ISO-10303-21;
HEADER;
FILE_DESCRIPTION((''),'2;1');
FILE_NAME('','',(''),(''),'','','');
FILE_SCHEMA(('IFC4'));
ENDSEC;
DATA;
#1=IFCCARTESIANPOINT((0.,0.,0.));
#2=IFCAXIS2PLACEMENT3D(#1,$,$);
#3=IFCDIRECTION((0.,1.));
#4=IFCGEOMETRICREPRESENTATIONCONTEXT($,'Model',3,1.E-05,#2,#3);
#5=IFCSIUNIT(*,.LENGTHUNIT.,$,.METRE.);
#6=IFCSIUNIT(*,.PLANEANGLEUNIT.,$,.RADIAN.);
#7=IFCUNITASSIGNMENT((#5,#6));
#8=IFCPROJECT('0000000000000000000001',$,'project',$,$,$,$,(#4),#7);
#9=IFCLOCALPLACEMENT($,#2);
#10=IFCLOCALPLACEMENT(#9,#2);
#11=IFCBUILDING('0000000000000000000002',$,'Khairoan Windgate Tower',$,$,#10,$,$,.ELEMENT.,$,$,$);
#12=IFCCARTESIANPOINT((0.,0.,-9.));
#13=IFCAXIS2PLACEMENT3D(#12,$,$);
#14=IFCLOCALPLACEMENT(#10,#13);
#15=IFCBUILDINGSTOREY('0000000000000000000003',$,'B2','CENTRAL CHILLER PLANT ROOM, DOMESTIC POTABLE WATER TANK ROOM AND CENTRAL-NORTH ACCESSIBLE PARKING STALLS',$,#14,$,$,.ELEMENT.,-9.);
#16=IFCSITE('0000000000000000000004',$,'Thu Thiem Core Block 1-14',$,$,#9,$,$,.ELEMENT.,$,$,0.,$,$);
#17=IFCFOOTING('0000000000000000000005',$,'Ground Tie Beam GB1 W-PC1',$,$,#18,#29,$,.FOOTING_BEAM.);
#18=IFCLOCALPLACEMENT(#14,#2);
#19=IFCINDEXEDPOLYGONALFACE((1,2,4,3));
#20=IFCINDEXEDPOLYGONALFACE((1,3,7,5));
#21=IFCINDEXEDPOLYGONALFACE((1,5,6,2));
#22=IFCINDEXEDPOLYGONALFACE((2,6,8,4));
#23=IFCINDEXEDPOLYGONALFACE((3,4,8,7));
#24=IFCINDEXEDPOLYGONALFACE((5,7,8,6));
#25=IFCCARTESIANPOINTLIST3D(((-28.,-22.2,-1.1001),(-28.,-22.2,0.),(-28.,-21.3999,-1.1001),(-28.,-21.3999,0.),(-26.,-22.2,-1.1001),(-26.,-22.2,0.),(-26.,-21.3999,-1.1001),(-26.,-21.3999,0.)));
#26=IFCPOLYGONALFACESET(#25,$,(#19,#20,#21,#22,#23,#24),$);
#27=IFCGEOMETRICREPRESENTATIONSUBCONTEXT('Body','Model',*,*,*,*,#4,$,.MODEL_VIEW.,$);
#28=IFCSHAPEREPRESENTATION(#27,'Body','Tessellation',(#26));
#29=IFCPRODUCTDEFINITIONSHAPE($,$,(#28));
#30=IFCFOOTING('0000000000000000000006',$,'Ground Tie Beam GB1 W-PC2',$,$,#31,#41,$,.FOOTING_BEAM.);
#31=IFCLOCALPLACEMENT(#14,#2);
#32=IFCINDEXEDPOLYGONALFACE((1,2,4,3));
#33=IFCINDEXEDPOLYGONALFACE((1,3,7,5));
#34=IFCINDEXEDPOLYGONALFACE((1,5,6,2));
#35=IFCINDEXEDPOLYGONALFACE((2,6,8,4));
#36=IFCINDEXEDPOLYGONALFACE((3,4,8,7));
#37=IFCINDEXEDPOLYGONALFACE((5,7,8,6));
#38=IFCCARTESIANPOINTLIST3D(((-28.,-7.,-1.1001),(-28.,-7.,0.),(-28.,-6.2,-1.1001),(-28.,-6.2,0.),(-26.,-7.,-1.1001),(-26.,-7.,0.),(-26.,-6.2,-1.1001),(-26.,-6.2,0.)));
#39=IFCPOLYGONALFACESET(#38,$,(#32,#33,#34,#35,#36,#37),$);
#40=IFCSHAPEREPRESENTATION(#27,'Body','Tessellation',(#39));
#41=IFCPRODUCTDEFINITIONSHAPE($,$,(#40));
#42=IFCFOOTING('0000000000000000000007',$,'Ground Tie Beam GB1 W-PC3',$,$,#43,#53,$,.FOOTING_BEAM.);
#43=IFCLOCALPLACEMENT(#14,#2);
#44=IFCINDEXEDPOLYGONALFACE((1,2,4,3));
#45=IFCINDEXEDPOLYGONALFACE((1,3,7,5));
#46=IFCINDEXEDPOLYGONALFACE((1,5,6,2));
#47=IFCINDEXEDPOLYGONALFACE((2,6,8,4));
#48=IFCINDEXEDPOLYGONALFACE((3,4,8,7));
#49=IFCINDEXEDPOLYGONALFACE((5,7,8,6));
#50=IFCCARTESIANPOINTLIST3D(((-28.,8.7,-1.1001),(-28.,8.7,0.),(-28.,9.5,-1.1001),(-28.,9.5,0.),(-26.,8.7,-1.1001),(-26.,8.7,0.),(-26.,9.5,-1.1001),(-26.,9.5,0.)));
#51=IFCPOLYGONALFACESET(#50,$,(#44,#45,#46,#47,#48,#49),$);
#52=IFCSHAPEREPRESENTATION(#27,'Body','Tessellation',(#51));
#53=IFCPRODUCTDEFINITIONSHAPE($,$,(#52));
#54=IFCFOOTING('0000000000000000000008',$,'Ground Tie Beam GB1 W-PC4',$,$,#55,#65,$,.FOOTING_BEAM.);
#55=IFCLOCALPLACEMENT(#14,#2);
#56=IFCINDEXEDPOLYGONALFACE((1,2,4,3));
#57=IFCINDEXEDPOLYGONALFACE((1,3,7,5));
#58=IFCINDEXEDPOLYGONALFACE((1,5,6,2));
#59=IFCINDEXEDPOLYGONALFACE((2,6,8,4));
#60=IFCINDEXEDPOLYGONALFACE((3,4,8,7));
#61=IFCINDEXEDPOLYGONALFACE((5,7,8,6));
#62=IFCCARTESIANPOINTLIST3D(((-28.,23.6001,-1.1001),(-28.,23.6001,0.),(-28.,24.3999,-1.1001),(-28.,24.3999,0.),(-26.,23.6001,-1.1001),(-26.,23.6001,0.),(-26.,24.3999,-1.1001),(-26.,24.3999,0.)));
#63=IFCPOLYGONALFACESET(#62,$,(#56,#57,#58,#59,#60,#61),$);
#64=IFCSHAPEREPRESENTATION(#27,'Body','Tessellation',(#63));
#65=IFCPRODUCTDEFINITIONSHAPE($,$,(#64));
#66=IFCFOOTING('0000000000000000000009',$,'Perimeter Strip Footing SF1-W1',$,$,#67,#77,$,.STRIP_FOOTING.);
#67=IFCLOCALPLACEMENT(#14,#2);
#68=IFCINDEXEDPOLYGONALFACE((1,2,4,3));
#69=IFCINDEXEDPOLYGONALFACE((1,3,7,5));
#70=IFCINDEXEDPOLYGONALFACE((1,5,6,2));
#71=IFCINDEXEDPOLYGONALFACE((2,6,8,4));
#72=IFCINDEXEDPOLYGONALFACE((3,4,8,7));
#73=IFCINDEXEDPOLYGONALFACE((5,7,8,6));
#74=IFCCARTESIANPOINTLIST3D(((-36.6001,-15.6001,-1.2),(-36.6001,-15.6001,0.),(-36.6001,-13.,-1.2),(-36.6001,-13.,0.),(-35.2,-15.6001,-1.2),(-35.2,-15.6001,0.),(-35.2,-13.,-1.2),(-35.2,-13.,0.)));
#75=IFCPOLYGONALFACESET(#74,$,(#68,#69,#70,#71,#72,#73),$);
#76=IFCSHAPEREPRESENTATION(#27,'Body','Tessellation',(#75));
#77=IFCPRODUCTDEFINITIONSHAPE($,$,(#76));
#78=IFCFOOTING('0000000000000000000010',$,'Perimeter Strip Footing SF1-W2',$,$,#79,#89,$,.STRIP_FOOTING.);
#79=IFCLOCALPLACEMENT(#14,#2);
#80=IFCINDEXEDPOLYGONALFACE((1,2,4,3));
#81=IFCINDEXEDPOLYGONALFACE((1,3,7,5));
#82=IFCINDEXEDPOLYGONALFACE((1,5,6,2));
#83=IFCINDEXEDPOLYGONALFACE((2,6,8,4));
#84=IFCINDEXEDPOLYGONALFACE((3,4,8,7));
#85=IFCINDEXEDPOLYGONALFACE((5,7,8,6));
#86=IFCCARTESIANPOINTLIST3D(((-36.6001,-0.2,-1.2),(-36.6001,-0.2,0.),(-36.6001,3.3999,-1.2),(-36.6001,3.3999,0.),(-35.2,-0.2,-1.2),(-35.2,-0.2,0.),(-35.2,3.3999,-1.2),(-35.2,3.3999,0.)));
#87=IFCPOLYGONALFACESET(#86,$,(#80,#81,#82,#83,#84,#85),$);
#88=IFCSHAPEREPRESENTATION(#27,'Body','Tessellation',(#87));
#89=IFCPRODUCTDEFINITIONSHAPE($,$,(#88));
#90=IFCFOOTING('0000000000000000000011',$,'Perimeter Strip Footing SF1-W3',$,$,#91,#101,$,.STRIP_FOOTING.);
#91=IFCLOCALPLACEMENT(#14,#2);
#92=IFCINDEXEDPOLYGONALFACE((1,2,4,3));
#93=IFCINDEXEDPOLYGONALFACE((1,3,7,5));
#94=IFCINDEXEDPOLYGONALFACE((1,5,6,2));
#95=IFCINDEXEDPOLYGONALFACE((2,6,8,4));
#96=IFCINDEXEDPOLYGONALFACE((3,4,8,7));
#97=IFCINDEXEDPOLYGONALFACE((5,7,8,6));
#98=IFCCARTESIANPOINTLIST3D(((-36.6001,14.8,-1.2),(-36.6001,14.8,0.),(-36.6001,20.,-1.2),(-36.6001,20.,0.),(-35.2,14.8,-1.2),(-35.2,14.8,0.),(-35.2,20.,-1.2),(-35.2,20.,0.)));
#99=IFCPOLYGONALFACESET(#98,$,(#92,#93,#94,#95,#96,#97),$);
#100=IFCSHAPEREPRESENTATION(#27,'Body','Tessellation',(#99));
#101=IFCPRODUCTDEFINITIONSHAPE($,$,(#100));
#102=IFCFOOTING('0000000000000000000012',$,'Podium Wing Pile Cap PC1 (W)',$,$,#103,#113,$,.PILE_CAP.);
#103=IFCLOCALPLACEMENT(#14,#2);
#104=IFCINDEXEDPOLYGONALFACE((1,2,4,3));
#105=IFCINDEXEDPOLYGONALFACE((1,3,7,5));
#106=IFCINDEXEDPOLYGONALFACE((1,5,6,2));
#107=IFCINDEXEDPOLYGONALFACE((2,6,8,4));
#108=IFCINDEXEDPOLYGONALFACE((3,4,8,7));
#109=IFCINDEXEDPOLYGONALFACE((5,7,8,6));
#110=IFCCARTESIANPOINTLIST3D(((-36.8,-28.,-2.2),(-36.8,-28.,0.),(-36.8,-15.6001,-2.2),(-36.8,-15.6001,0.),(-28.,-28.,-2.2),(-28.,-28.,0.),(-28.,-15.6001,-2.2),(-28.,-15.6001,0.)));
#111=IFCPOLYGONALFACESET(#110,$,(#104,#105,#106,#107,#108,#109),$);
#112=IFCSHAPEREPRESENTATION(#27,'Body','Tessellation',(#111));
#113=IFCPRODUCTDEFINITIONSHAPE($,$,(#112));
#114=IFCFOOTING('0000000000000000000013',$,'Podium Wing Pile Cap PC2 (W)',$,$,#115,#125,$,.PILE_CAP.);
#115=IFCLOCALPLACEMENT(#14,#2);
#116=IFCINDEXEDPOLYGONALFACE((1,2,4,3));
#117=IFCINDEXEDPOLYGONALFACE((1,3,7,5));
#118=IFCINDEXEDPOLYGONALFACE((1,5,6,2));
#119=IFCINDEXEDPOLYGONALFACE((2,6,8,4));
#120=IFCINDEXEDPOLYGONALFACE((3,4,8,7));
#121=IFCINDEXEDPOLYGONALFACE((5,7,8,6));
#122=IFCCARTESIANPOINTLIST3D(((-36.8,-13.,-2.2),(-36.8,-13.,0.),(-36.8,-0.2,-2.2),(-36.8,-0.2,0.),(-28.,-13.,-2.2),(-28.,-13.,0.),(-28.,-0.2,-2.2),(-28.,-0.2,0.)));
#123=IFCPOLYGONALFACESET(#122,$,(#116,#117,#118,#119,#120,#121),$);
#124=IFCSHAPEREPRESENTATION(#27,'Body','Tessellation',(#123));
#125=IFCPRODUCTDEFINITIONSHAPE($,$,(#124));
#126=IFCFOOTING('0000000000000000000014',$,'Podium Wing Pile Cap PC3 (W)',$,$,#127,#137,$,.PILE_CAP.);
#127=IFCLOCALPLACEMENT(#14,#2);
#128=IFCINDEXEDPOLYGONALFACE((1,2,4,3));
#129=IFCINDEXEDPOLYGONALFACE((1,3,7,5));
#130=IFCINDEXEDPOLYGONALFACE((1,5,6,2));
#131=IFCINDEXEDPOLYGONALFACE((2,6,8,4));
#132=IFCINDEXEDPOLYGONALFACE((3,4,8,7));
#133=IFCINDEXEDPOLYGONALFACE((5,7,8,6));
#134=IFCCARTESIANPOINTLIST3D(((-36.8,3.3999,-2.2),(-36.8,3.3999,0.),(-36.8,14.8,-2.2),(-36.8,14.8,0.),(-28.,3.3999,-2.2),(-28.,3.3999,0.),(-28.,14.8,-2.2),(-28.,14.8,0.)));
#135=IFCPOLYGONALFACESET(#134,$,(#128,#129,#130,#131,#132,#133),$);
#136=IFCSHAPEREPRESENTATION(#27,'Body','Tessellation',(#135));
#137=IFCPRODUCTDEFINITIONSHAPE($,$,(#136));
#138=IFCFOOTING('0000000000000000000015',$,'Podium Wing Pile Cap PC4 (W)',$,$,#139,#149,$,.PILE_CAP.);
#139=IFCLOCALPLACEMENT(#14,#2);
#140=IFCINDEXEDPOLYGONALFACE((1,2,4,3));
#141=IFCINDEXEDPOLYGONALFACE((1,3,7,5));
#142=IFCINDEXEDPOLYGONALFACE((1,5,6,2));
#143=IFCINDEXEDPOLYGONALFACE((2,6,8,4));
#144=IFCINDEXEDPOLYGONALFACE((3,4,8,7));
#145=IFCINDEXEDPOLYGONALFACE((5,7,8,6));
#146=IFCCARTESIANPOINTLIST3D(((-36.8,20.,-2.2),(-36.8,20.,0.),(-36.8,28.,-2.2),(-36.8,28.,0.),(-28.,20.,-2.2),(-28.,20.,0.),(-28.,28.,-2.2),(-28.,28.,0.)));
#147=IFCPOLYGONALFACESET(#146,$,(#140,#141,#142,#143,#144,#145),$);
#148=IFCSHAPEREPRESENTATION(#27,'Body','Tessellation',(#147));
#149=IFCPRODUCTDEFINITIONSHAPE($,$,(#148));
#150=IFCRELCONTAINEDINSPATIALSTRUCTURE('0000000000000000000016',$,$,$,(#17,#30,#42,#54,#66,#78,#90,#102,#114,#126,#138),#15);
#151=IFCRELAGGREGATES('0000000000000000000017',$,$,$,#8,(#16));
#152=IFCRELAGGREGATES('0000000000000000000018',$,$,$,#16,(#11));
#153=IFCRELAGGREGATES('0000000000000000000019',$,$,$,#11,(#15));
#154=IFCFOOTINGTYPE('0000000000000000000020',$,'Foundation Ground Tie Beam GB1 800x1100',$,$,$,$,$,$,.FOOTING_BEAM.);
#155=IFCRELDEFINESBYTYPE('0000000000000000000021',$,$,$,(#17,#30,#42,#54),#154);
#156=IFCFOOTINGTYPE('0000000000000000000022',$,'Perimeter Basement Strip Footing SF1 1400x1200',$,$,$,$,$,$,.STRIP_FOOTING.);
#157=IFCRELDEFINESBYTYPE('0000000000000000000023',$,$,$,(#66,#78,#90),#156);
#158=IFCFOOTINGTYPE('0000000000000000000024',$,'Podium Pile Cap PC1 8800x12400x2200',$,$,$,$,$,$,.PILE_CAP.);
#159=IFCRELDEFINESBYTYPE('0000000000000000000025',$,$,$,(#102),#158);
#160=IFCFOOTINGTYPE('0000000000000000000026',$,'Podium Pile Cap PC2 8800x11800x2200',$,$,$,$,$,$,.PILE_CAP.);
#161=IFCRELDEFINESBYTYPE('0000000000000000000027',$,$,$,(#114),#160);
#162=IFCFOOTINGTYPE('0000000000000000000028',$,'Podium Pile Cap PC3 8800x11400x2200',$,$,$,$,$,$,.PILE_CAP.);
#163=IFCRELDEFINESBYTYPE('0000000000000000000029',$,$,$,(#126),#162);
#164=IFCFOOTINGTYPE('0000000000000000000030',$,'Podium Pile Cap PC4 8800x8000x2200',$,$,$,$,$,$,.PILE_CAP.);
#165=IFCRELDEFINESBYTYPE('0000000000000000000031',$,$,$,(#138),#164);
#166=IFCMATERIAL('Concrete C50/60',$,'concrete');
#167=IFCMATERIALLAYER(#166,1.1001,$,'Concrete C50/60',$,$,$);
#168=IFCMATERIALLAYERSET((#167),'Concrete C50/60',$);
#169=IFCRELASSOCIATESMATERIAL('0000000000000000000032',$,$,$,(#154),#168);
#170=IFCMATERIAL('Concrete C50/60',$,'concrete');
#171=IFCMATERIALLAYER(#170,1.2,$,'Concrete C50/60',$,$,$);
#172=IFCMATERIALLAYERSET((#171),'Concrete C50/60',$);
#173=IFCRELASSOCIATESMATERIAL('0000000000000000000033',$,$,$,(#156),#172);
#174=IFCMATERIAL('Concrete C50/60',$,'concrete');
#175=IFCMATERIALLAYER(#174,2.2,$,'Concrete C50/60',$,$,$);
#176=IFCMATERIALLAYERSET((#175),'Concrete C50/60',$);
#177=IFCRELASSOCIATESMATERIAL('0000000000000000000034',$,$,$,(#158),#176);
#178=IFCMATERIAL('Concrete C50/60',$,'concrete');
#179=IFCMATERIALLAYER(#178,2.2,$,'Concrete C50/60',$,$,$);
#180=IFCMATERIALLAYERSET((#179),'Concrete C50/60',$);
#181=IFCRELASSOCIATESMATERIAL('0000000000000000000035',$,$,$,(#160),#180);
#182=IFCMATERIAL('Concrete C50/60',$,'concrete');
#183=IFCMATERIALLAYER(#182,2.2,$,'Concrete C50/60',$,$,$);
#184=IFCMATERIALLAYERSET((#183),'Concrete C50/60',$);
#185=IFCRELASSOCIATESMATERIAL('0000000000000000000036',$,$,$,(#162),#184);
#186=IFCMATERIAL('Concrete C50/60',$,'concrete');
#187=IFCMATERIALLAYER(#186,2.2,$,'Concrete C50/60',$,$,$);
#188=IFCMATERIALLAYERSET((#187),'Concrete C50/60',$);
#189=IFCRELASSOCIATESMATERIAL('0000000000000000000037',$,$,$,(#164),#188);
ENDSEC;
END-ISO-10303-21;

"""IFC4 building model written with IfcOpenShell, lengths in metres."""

from ifc_helpers import new_model, si_unit, direction, frame, origin, place, context, subcontext, project, spatial, polyline, outline, extrude, material, layer, layer_set, type_object, element, save


model = new_model("IFC4")

# Units and contexts
model_context = context("Model", 3, precision=1e-05, world=origin(), true_north=direction((0.0, 1.0)))
body_context = subcontext(model_context, "Body", "Model", "MODEL_VIEW")
ifc_project = project(units=[si_unit("LENGTHUNIT", "METRE"), si_unit("PLANEANGLEUNIT", "RADIAN")], contexts=[model_context])

# Site, building, storey
site_placement = place(None, origin())
site = spatial("IfcSite", under=ifc_project, at=site_placement, Name="Thu Thiem Core Block 1-14", CompositionType="ELEMENT", RefElevation=0.0)
building_placement = place(site_placement, origin())
building = spatial("IfcBuilding", under=site, at=building_placement, Name="Khairoan Windgate Tower", CompositionType="ELEMENT")
storey_placement = place(building_placement, frame((0.0, 0.0, -9.0)))
storey = spatial("IfcBuildingStorey", under=building, at=storey_placement, Name="B2", Description="CENTRAL CHILLER PLANT ROOM, DOMESTIC POTABLE WATER TANK ROOM AND CENTRAL-NORTH ACCESSIBLE PARKING STALLS", CompositionType="ELEMENT", Elevation=-9.0)

# Footings
ifc_material_1 = material(Name="Concrete C50/60", Category="concrete")
ifc_layer_1 = layer(ifc_material_1, 1.1001, Name="Concrete C50/60")
ifc_layer_set_1 = layer_set([ifc_layer_1], Name="Concrete C50/60")
footing_type_1 = type_object("IfcFootingType", Name="Foundation Ground Tie Beam GB1 800x1100", PredefinedType="FOOTING_BEAM", material=ifc_layer_set_1)
footing_1_placement = place(storey_placement, frame((0.0, 0.0, -1.1001)))
element("IfcFooting", 1, at=footing_1_placement, inside=storey, type_object=footing_type_1, Name="Ground Tie Beam GB1 W-PC1", PredefinedType="FOOTING_BEAM", context=body_context, shape_type="SweptSolid", body=[
    extrude(outline(polyline([(-28.0, -22.2), (-26.0, -22.2), (-26.0, -21.3999), (-28.0, -21.3999), (-28.0, -22.2)])), origin(), (0.0, 0.0, 1.0), 1.1001),
])
footing_2_placement = place(storey_placement, frame((0.0, 0.0, -1.1001)))
element("IfcFooting", 2, at=footing_2_placement, inside=storey, type_object=footing_type_1, Name="Ground Tie Beam GB1 W-PC2", PredefinedType="FOOTING_BEAM", context=body_context, shape_type="SweptSolid", body=[
    extrude(outline(polyline([(-28.0, -7.0), (-26.0, -7.0), (-26.0, -6.2), (-28.0, -6.2), (-28.0, -7.0)])), origin(), (0.0, 0.0, 1.0), 1.1001),
])
footing_3_placement = place(storey_placement, frame((0.0, 0.0, -1.1001)))
element("IfcFooting", 3, at=footing_3_placement, inside=storey, type_object=footing_type_1, Name="Ground Tie Beam GB1 W-PC3", PredefinedType="FOOTING_BEAM", context=body_context, shape_type="SweptSolid", body=[
    extrude(outline(polyline([(-28.0, 8.7), (-26.0, 8.7), (-26.0, 9.5), (-28.0, 9.5), (-28.0, 8.7)])), origin(), (0.0, 0.0, 1.0), 1.1001),
])
footing_4_placement = place(storey_placement, frame((0.0, 0.0, -1.1001)))
element("IfcFooting", 4, at=footing_4_placement, inside=storey, type_object=footing_type_1, Name="Ground Tie Beam GB1 W-PC4", PredefinedType="FOOTING_BEAM", context=body_context, shape_type="SweptSolid", body=[
    extrude(outline(polyline([(-28.0, 23.6001), (-26.0, 23.6001), (-26.0, 24.3999), (-28.0, 24.3999), (-28.0, 23.6001)])), origin(), (0.0, 0.0, 1.0), 1.1001),
])
ifc_material_2 = material(Name="Concrete C50/60", Category="concrete")
ifc_layer_2 = layer(ifc_material_2, 1.2, Name="Concrete C50/60")
ifc_layer_set_2 = layer_set([ifc_layer_2], Name="Concrete C50/60")
footing_type_2 = type_object("IfcFootingType", Name="Perimeter Basement Strip Footing SF1 1400x1200", PredefinedType="STRIP_FOOTING", material=ifc_layer_set_2)
footing_5_placement = place(storey_placement, frame((0.0, 0.0, -1.2)))
element("IfcFooting", 5, at=footing_5_placement, inside=storey, type_object=footing_type_2, Name="Perimeter Strip Footing SF1-W1", PredefinedType="STRIP_FOOTING", context=body_context, shape_type="SweptSolid", body=[
    extrude(outline(polyline([(-36.6001, -15.6001), (-35.2, -15.6001), (-35.2, -13.0), (-36.6001, -13.0), (-36.6001, -15.6001)])), origin(), (0.0, 0.0, 1.0), 1.2),
])
footing_6_placement = place(storey_placement, frame((0.0, 0.0, -1.2)))
element("IfcFooting", 6, at=footing_6_placement, inside=storey, type_object=footing_type_2, Name="Perimeter Strip Footing SF1-W2", PredefinedType="STRIP_FOOTING", context=body_context, shape_type="SweptSolid", body=[
    extrude(outline(polyline([(-36.6001, -0.2), (-35.2, -0.2), (-35.2, 3.3999), (-36.6001, 3.3999), (-36.6001, -0.2)])), origin(), (0.0, 0.0, 1.0), 1.2),
])
footing_7_placement = place(storey_placement, frame((0.0, 0.0, -1.2)))
element("IfcFooting", 7, at=footing_7_placement, inside=storey, type_object=footing_type_2, Name="Perimeter Strip Footing SF1-W3", PredefinedType="STRIP_FOOTING", context=body_context, shape_type="SweptSolid", body=[
    extrude(outline(polyline([(-36.6001, 14.8), (-35.2, 14.8), (-35.2, 20.0), (-36.6001, 20.0), (-36.6001, 14.8)])), origin(), (0.0, 0.0, 1.0), 1.2),
])
ifc_material_3 = material(Name="Concrete C50/60", Category="concrete")
ifc_layer_3 = layer(ifc_material_3, 2.2, Name="Concrete C50/60")
ifc_layer_set_3 = layer_set([ifc_layer_3], Name="Concrete C50/60")
footing_type_3 = type_object("IfcFootingType", Name="Podium Pile Cap PC1 8800x12400x2200", PredefinedType="PILE_CAP", material=ifc_layer_set_3)
footing_8_placement = place(storey_placement, frame((0.0, 0.0, -2.2)))
element("IfcFooting", 8, at=footing_8_placement, inside=storey, type_object=footing_type_3, Name="Podium Wing Pile Cap PC1 (W)", PredefinedType="PILE_CAP", context=body_context, shape_type="SweptSolid", body=[
    extrude(outline(polyline([(-36.8, -28.0), (-28.0, -28.0), (-28.0, -15.6001), (-36.8, -15.6001), (-36.8, -28.0)])), origin(), (0.0, 0.0, 1.0), 2.2),
])
ifc_material_4 = material(Name="Concrete C50/60", Category="concrete")
ifc_layer_4 = layer(ifc_material_4, 2.2, Name="Concrete C50/60")
ifc_layer_set_4 = layer_set([ifc_layer_4], Name="Concrete C50/60")
footing_type_4 = type_object("IfcFootingType", Name="Podium Pile Cap PC2 8800x11800x2200", PredefinedType="PILE_CAP", material=ifc_layer_set_4)
footing_9_placement = place(storey_placement, frame((0.0, 0.0, -2.2)))
element("IfcFooting", 9, at=footing_9_placement, inside=storey, type_object=footing_type_4, Name="Podium Wing Pile Cap PC2 (W)", PredefinedType="PILE_CAP", context=body_context, shape_type="SweptSolid", body=[
    extrude(outline(polyline([(-36.8, -13.0), (-28.0, -13.0), (-28.0, -0.2), (-36.8, -0.2), (-36.8, -13.0)])), origin(), (0.0, 0.0, 1.0), 2.2),
])
ifc_material_5 = material(Name="Concrete C50/60", Category="concrete")
ifc_layer_5 = layer(ifc_material_5, 2.2, Name="Concrete C50/60")
ifc_layer_set_5 = layer_set([ifc_layer_5], Name="Concrete C50/60")
footing_type_5 = type_object("IfcFootingType", Name="Podium Pile Cap PC3 8800x11400x2200", PredefinedType="PILE_CAP", material=ifc_layer_set_5)
footing_10_placement = place(storey_placement, frame((0.0, 0.0, -2.2)))
element("IfcFooting", 10, at=footing_10_placement, inside=storey, type_object=footing_type_5, Name="Podium Wing Pile Cap PC3 (W)", PredefinedType="PILE_CAP", context=body_context, shape_type="SweptSolid", body=[
    extrude(outline(polyline([(-36.8, 3.3999), (-28.0, 3.3999), (-28.0, 14.8), (-36.8, 14.8), (-36.8, 3.3999)])), origin(), (0.0, 0.0, 1.0), 2.2),
])
ifc_material_6 = material(Name="Concrete C50/60", Category="concrete")
ifc_layer_6 = layer(ifc_material_6, 2.2, Name="Concrete C50/60")
ifc_layer_set_6 = layer_set([ifc_layer_6], Name="Concrete C50/60")
footing_type_6 = type_object("IfcFootingType", Name="Podium Pile Cap PC4 8800x8000x2200", PredefinedType="PILE_CAP", material=ifc_layer_set_6)
footing_11_placement = place(storey_placement, frame((0.0, 0.0, -2.2)))
element("IfcFooting", 11, at=footing_11_placement, inside=storey, type_object=footing_type_6, Name="Podium Wing Pile Cap PC4 (W)", PredefinedType="PILE_CAP", context=body_context, shape_type="SweptSolid", body=[
    extrude(outline(polyline([(-36.8, 20.0), (-28.0, 20.0), (-28.0, 28.0), (-36.8, 28.0), (-36.8, 20.0)])), origin(), (0.0, 0.0, 1.0), 2.2),
])

save(model, "model.ifc")
